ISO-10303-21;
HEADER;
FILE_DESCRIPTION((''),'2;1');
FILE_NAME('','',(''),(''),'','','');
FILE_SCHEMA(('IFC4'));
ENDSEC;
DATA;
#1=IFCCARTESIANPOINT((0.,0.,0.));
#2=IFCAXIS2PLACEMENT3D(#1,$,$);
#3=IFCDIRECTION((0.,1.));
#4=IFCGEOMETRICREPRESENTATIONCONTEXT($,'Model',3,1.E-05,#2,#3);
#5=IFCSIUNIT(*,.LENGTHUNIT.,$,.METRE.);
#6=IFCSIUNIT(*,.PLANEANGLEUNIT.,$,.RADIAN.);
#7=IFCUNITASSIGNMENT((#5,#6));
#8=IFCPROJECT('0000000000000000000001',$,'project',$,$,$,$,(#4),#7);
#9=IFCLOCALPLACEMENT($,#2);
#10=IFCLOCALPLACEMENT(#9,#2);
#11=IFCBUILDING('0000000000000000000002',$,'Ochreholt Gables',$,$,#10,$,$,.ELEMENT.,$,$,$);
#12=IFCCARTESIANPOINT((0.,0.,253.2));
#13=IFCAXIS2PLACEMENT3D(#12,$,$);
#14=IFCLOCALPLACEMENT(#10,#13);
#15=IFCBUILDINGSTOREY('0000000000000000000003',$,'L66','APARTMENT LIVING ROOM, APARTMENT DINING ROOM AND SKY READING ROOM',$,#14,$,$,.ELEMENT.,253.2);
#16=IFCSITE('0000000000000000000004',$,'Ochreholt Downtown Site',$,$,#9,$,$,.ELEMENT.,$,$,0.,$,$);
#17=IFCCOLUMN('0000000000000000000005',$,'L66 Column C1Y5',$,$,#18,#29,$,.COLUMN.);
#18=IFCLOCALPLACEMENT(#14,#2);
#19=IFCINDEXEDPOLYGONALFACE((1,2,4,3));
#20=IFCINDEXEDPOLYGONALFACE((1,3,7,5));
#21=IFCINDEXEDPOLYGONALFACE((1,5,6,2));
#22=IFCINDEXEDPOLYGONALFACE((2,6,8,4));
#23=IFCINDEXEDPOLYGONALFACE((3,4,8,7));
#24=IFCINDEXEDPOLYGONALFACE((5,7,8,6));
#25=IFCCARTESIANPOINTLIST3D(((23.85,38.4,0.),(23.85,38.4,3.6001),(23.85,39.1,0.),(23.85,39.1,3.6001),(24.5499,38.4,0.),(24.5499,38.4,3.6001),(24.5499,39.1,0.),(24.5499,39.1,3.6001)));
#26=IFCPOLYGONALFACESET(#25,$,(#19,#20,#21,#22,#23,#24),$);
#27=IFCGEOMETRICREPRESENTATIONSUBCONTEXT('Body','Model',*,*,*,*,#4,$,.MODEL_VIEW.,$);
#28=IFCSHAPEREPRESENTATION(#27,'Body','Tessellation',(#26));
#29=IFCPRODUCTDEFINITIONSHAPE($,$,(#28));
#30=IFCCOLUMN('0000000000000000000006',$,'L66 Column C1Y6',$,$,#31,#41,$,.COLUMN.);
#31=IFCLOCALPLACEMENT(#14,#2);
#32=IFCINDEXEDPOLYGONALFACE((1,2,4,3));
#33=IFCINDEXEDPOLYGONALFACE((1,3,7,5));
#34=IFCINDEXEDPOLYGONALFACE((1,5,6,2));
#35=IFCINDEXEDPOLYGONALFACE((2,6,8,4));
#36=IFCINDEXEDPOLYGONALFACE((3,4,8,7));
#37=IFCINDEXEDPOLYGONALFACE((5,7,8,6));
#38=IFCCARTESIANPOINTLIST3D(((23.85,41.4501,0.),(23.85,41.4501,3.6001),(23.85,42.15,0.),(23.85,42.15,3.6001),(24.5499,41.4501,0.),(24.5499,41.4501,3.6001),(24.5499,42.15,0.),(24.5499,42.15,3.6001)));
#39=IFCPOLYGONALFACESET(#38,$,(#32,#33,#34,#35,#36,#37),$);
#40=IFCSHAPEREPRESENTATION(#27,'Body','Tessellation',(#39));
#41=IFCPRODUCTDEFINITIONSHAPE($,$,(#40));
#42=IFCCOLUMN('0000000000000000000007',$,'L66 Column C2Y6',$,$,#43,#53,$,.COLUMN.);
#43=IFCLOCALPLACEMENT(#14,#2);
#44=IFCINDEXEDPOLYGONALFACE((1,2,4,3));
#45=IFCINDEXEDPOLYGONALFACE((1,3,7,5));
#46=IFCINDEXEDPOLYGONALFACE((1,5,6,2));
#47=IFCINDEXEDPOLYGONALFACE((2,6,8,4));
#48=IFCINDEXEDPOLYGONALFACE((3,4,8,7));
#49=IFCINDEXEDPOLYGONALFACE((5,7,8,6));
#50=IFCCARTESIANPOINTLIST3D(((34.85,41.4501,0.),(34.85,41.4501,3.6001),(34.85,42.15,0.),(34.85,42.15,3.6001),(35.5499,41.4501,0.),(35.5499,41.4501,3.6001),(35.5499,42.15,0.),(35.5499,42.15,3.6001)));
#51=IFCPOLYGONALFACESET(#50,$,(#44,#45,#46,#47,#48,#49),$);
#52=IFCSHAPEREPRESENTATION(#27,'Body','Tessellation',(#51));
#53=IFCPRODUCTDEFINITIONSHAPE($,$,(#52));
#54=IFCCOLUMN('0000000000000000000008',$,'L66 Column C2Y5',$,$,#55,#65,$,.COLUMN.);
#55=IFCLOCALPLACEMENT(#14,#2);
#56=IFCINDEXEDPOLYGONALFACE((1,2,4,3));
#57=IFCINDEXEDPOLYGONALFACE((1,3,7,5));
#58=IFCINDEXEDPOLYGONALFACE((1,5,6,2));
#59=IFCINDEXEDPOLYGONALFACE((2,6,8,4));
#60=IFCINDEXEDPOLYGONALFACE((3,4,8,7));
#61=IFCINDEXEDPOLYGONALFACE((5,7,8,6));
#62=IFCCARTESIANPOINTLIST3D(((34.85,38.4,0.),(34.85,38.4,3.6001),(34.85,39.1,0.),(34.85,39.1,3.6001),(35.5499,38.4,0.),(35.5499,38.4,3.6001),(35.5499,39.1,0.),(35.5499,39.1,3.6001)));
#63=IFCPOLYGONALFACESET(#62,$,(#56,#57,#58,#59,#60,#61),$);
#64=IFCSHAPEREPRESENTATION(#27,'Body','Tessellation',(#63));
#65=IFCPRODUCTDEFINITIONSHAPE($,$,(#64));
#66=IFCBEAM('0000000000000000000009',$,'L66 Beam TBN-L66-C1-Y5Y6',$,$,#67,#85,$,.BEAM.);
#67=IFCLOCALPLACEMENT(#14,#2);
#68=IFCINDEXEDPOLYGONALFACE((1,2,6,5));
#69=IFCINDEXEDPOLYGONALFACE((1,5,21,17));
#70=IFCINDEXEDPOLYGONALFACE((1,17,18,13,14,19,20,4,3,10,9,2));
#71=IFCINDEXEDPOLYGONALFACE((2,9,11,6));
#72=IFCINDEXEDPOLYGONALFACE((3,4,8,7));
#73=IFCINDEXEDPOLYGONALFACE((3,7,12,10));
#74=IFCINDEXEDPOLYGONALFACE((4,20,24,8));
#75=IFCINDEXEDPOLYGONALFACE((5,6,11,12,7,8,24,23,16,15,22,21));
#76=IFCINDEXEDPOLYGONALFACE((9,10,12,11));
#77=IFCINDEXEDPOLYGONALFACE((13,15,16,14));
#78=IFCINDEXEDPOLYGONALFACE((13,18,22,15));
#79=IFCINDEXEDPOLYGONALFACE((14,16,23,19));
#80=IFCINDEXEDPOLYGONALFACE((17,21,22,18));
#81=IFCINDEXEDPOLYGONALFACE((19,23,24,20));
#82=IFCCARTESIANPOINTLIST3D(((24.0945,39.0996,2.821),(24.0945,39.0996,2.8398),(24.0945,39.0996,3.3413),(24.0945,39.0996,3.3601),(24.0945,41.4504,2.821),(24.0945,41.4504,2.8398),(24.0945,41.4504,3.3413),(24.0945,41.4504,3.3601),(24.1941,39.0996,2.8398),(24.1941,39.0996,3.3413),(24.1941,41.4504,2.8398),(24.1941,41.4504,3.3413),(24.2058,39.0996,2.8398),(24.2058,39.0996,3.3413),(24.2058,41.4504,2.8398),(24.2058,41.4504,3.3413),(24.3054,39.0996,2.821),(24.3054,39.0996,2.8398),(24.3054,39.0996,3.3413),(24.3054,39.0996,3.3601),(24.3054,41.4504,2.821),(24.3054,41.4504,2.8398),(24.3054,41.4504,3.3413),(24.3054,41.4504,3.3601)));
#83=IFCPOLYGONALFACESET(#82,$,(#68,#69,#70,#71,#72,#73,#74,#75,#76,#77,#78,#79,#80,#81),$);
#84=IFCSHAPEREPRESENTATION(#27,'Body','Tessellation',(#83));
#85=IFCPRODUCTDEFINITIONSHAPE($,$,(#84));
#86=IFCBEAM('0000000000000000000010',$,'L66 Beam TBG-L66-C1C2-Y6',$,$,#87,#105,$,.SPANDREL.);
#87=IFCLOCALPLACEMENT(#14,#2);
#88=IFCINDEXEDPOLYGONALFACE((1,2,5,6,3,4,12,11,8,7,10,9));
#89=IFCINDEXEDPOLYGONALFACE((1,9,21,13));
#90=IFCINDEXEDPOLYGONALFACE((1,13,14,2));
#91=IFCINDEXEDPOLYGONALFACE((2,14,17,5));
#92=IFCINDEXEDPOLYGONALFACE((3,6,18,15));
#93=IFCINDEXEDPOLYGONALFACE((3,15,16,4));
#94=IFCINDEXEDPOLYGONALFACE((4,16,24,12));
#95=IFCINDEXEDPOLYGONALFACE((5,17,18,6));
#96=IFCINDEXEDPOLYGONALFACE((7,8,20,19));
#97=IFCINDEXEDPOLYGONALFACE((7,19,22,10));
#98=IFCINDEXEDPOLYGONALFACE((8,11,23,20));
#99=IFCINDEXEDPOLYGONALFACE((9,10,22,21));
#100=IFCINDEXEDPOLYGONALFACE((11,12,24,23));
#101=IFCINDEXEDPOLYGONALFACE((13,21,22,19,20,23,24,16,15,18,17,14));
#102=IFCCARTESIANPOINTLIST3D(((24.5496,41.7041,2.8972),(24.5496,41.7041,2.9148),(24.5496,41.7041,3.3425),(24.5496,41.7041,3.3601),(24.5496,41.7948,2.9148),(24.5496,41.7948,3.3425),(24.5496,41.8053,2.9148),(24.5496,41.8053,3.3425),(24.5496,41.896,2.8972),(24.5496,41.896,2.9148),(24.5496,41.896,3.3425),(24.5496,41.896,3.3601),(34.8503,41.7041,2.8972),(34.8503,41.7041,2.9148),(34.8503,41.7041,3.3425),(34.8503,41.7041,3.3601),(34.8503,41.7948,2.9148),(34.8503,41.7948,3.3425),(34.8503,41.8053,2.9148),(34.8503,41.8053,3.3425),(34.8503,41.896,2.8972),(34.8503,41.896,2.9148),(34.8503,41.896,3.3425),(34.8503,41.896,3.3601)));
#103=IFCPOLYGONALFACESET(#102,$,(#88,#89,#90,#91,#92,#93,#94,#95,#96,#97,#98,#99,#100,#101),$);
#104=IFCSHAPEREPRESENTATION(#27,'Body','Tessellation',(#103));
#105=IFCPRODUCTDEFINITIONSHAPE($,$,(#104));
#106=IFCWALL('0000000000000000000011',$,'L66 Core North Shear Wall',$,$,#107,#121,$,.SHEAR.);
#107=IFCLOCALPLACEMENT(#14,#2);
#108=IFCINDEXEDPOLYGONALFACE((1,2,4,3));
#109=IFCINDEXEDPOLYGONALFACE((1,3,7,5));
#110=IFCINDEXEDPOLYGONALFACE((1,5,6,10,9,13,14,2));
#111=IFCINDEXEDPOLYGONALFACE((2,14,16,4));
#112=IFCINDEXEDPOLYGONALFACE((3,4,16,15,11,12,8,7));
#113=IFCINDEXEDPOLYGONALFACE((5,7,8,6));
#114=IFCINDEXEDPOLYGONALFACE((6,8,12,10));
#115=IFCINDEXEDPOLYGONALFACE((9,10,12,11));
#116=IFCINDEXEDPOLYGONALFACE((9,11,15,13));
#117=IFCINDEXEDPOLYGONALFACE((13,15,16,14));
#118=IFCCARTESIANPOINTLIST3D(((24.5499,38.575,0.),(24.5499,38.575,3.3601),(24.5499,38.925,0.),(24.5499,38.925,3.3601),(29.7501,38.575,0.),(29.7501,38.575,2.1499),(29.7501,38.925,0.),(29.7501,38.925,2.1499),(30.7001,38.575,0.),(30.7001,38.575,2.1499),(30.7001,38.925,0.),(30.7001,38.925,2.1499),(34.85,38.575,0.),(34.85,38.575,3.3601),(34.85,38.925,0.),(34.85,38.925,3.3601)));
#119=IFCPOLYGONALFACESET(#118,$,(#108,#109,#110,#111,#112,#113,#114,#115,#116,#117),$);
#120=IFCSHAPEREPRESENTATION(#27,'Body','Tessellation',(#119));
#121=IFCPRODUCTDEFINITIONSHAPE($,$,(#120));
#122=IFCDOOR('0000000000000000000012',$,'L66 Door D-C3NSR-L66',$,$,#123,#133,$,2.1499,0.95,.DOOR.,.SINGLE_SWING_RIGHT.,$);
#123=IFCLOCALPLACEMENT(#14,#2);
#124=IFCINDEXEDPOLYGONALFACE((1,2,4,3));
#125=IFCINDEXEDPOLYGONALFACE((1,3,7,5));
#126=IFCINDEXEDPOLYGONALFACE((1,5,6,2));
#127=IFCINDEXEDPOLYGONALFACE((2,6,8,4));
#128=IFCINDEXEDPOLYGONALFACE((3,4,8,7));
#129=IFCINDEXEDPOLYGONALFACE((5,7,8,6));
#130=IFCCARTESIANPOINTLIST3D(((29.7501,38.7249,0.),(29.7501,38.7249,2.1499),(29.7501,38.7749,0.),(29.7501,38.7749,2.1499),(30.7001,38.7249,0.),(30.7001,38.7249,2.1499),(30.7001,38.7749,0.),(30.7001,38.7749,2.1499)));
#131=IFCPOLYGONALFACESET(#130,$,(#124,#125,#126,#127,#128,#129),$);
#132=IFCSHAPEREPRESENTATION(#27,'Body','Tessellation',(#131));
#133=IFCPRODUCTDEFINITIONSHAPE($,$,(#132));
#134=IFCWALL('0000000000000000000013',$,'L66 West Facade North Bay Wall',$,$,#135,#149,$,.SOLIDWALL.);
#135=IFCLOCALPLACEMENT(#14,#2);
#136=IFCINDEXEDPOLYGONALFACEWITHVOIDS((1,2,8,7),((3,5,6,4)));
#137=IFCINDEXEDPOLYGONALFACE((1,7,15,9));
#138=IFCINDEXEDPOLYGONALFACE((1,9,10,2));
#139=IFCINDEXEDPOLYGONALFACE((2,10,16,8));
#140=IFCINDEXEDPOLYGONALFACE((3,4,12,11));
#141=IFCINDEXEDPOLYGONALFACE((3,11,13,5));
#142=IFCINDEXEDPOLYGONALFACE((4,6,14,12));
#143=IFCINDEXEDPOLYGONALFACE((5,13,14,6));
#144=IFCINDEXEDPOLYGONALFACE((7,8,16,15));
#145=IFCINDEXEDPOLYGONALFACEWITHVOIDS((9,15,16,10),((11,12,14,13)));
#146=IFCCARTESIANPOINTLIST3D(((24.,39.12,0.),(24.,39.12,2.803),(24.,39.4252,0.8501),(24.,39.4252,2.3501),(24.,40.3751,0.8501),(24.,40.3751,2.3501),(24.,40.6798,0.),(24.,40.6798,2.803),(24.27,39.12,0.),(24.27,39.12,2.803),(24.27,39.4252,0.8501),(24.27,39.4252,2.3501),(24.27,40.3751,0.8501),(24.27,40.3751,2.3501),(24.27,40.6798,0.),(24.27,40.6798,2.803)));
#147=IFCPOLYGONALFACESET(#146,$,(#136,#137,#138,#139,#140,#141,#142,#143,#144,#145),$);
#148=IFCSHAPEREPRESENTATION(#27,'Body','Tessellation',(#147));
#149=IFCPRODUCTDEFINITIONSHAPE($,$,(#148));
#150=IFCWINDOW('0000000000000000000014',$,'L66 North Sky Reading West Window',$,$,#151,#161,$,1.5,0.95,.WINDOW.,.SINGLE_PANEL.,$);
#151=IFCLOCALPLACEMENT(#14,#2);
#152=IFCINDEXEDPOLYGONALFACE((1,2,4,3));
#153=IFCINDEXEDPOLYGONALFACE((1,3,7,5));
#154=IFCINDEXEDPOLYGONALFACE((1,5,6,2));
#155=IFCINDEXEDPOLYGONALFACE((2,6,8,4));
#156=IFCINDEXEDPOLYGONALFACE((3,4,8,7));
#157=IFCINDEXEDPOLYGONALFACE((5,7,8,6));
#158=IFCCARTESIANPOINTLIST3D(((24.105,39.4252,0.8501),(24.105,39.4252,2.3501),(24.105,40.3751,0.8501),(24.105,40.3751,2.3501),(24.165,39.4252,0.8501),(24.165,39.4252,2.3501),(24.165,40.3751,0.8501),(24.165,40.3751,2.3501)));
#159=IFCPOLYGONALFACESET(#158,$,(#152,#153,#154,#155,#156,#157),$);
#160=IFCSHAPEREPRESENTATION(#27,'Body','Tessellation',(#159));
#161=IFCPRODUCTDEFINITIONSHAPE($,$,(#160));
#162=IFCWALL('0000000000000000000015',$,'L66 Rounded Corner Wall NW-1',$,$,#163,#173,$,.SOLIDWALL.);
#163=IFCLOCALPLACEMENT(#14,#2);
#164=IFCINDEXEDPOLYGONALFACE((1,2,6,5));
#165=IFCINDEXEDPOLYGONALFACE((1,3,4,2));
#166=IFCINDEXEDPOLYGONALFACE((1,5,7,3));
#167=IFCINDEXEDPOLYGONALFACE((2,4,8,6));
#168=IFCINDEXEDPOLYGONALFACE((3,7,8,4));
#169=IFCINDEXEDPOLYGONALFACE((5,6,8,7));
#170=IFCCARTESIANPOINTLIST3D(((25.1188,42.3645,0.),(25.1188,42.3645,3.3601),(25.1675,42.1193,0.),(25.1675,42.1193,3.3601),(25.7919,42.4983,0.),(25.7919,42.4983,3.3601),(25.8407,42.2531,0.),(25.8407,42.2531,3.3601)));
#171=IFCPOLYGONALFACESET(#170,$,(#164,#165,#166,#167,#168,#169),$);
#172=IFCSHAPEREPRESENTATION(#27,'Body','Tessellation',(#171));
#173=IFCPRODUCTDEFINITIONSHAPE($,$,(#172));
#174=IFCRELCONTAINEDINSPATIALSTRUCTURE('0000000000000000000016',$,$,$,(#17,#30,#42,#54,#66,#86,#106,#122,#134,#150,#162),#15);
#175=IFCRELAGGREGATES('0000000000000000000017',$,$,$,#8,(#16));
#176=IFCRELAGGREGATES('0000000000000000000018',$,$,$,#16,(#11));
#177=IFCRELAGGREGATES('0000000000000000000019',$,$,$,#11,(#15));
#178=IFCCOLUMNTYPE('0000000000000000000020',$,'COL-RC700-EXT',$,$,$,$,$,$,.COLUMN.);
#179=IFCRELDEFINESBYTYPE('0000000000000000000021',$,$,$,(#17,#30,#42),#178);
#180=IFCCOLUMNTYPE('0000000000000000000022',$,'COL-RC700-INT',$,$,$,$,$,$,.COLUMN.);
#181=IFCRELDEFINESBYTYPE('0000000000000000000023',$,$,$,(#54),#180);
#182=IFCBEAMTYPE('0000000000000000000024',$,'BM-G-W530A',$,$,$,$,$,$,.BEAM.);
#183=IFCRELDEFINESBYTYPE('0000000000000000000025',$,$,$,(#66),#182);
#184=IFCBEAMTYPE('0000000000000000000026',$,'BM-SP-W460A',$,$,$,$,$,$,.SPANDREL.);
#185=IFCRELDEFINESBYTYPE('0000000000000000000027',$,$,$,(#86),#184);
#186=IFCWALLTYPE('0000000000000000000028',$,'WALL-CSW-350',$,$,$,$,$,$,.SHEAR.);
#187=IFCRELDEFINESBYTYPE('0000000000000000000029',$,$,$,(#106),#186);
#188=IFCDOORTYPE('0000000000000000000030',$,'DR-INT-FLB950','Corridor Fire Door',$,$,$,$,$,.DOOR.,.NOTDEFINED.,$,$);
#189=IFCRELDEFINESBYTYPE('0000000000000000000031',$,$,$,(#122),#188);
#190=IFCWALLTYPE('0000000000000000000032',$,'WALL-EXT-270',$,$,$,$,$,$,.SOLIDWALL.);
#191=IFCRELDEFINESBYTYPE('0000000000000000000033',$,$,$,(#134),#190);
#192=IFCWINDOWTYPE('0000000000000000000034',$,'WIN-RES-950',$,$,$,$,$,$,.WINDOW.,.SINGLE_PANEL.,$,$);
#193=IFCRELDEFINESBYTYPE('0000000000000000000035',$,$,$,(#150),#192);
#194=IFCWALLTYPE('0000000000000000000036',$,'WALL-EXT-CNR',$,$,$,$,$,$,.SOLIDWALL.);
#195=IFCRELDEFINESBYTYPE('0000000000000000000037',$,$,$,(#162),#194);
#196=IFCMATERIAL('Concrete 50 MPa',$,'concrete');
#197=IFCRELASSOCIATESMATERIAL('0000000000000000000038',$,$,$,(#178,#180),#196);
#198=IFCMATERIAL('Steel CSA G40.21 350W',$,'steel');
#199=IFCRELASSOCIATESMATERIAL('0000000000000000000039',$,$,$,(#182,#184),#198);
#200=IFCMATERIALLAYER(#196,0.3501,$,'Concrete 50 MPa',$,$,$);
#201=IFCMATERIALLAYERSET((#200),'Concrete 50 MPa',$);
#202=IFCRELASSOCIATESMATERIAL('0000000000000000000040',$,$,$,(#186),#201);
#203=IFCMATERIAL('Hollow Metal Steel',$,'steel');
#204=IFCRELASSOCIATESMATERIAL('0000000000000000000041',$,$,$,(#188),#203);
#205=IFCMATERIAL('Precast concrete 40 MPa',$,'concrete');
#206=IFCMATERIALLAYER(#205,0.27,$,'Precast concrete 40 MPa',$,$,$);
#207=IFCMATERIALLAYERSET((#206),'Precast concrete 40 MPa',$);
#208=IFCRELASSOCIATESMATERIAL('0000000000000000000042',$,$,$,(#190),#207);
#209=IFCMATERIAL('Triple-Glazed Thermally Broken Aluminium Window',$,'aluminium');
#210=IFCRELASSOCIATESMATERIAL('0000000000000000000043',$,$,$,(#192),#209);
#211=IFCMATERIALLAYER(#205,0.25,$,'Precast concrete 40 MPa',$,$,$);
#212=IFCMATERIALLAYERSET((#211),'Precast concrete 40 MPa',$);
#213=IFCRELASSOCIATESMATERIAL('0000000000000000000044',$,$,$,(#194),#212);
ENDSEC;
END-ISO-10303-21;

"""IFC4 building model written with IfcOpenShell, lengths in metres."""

from ifc_helpers import new_model, si_unit, direction, frame, frame_2d, origin, origin_2d, place, context, subcontext, project, spatial, rectangle, i_section, extrude, material, layer, layer_set, material_profile, profile_set, type_object, element, fill, save


model = new_model("IFC4")

# Units and contexts
model_context = context("Model", 3, precision=1e-05, world=origin(), true_north=direction((0.0, 1.0)))
body_context = subcontext(model_context, "Body", "Model", "MODEL_VIEW")
ifc_project = project(units=[si_unit("LENGTHUNIT", "METRE"), si_unit("PLANEANGLEUNIT", "RADIAN")], contexts=[model_context])

# Site, building, storey
site_placement = place(None, origin())
site = spatial("IfcSite", under=ifc_project, at=site_placement, Name="Ochreholt Downtown Site", CompositionType="ELEMENT", RefElevation=0.0)
building_placement = place(site_placement, origin())
building = spatial("IfcBuilding", under=site, at=building_placement, Name="Ochreholt Gables", CompositionType="ELEMENT")
storey_placement = place(building_placement, frame((0.0, 0.0, 253.2)))
storey = spatial("IfcBuildingStorey", under=building, at=storey_placement, Name="L66", Description="APARTMENT LIVING ROOM, APARTMENT DINING ROOM AND SKY READING ROOM", CompositionType="ELEMENT", Elevation=253.2)

# Columns
ifc_material_1 = material(Name="Concrete 50 MPa", Category="concrete")
ifc_material_profile_1 = material_profile(ifc_material_1, rectangle(XDim=0.7, YDim=0.7, at=origin_2d()), Name="RC700X700")
ifc_profile_set_1 = profile_set([ifc_material_profile_1], Name="Concrete 50 MPa")
column_type_1 = type_object("IfcColumnType", Name="COL-RC700-EXT", PredefinedType="COLUMN", material=ifc_profile_set_1)
for number, where, z_axis, x_axis, name in (
    (1, (24.2, 38.75, 0.0), (0.0, 0.0, 1.0), (1.0, 0.0, 0.0), "L66 Column C1Y5"),
    (2, (24.2, 41.8, 0.0), (0.0, 0.0, 1.0), (1.0, 0.0, 0.0), "L66 Column C1Y6"),
    (3, (35.2, 41.8, 0.0), (0.0, 0.0, 1.0), (1.0, 0.0, 0.0), "L66 Column C2Y6"),
):
    element("IfcColumn", number, at=place(storey_placement, frame(where, z_axis=z_axis, x_axis=x_axis)), inside=storey, type_object=column_type_1, Name=name, PredefinedType="COLUMN", context=body_context, shape_type="SweptSolid", body=[
        extrude(rectangle(XDim=0.7, YDim=0.7, at=origin_2d()), origin(), (0.0, 0.0, 1.0), 3.6001),
    ])
ifc_material_profile_2 = material_profile(ifc_material_1, rectangle(XDim=0.7, YDim=0.7, at=origin_2d()), Name="RC700X700")
ifc_profile_set_2 = profile_set([ifc_material_profile_2], Name="Concrete 50 MPa")
column_type_2 = type_object("IfcColumnType", Name="COL-RC700-INT", PredefinedType="COLUMN", material=ifc_profile_set_2)
column_placement = place(storey_placement, frame((35.2, 38.75, 0.0), z_axis=(0.0, 0.0, 1.0), x_axis=(1.0, 0.0, 0.0)))
element("IfcColumn", 4, at=column_placement, inside=storey, type_object=column_type_2, Name="L66 Column C2Y5", PredefinedType="COLUMN", context=body_context, shape_type="SweptSolid", body=[
    extrude(rectangle(XDim=0.7, YDim=0.7, at=origin_2d()), origin(), (0.0, 0.0, 1.0), 3.6001),
])

# Beams
ifc_material_2 = material(Name="Steel CSA G40.21 350W", Category="steel")
ifc_material_profile_3 = material_profile(ifc_material_2, i_section(OverallWidth=0.2109, OverallDepth=0.5391, WebThickness=0.0117, FlangeThickness=0.0188, at=origin_2d()), Name="W530X109")
ifc_profile_set_3 = profile_set([ifc_material_profile_3], Name="Steel CSA G40.21 350W")
beam_type_1 = type_object("IfcBeamType", Name="BM-G-W530A", PredefinedType="BEAM", material=ifc_profile_set_3)
beam_1_placement = place(storey_placement, frame((24.2, 39.0996, 3.0906), z_axis=(0.0, 1.0, 0.0), x_axis=(-1.0, 0.0, 0.0)))
element("IfcBeam", 5, at=beam_1_placement, inside=storey, type_object=beam_type_1, Name="L66 Beam TBN-L66-C1-Y5Y6", PredefinedType="BEAM", context=body_context, shape_type="SweptSolid", body=[
    extrude(i_section(OverallWidth=0.2109, OverallDepth=0.5391, WebThickness=0.0117, FlangeThickness=0.0188, at=origin_2d()), origin(), (0.0, 0.0, 1.0), 2.3508),
])
ifc_material_profile_4 = material_profile(ifc_material_2, i_section(OverallWidth=0.1919, OverallDepth=0.4629, WebThickness=0.0105, FlangeThickness=0.0176, at=origin_2d()), Name="W460X89")
ifc_profile_set_4 = profile_set([ifc_material_profile_4], Name="Steel CSA G40.21 350W")
beam_type_2 = type_object("IfcBeamType", Name="BM-SP-W460A", PredefinedType="SPANDREL", material=ifc_profile_set_4)
beam_2_placement = place(storey_placement, frame((24.5496, 41.8, 3.1287), z_axis=(1.0, 0.0, 0.0), x_axis=(0.0, 1.0, 0.0)))
element("IfcBeam", 6, at=beam_2_placement, inside=storey, type_object=beam_type_2, Name="L66 Beam TBG-L66-C1C2-Y6", PredefinedType="SPANDREL", context=body_context, shape_type="SweptSolid", body=[
    extrude(i_section(OverallWidth=0.1919, OverallDepth=0.4629, WebThickness=0.0105, FlangeThickness=0.0176, at=origin_2d()), origin(), (0.0, 0.0, 1.0), 10.3008),
])

# Wall, opening, door
ifc_layer_1 = layer(ifc_material_1, 0.3501, Name="Concrete 50 MPa")
ifc_layer_set_1 = layer_set([ifc_layer_1], Name="Concrete 50 MPa")
wall_type_1 = type_object("IfcWallType", Name="WALL-CSW-350", PredefinedType="SHEAR", material=ifc_layer_set_1)
wall_1_placement = place(storey_placement, frame((24.55, 38.75, 0.0), z_axis=(0.0, 0.0, 1.0), x_axis=(1.0, 0.0, 0.0)))
wall_1 = element("IfcWall", 7, at=wall_1_placement, inside=storey, type_object=wall_type_1, Name="L66 Core North Shear Wall", PredefinedType="SHEAR", context=body_context, shape_type="SweptSolid", body=[
    extrude(rectangle(XDim=10.3, YDim=0.3501, at=frame_2d((5.1499, 0.0))), origin(), (0.0, 0.0, 1.0), 3.3601),
])
opening_1_placement = place(wall_1_placement, frame((5.2, 0.0, 0.0)))
opening_1 = element("IfcOpeningElement", 8, at=opening_1_placement, cuts=wall_1, PredefinedType="OPENING", context=body_context, shape_type="SweptSolid", body=[
    extrude(rectangle(XDim=0.95, YDim=2.1499, at=frame_2d((0.4751, 1.075))), frame((0.0, 0.1851, 0.0), z_axis=(0.0, -1.0, 0.0), x_axis=(1.0, 0.0, 0.0)), (0.0, 0.0, 1.0), 0.3701),
])
ifc_material_3 = material(Name="Hollow Metal Steel", Category="steel")
door_type_1 = type_object("IfcDoorType", Name="DR-INT-FLB950", Description="Corridor Fire Door", OperationType="NOTDEFINED", PredefinedType="DOOR", material=ifc_material_3)
door_1_placement = place(opening_1_placement, origin())
door_1 = element("IfcDoor", 9, at=door_1_placement, inside=storey, type_object=door_type_1, Name="L66 Door D-C3NSR-L66", OperationType="SINGLE_SWING_RIGHT", OverallHeight=2.1499, OverallWidth=0.95, PredefinedType="DOOR", context=body_context, shape_type="SweptSolid", body=[
    extrude(rectangle(XDim=0.95, YDim=2.1499, at=frame_2d((0.4751, 1.075))), frame((0.0, 0.0249, 0.0), z_axis=(0.0, -1.0, 0.0), x_axis=(1.0, 0.0, 0.0)), (0.0, 0.0, 1.0), 0.05),
])
fill(opening_1, door_1)

# Wall, opening, window
ifc_material_4 = material(Name="Precast concrete 40 MPa", Category="concrete")
ifc_layer_2 = layer(ifc_material_4, 0.27, Name="Precast concrete 40 MPa")
ifc_layer_set_2 = layer_set([ifc_layer_2], Name="Precast concrete 40 MPa")
wall_type_2 = type_object("IfcWallType", Name="WALL-EXT-270", PredefinedType="SOLIDWALL", material=ifc_layer_set_2)
wall_2_placement = place(storey_placement, frame((24.135, 39.1201, 0.0), z_axis=(0.0, 0.0, 1.0), x_axis=(0.0, 1.0, 0.0)))
wall_2 = element("IfcWall", 10, at=wall_2_placement, inside=storey, type_object=wall_type_2, Name="L66 West Facade North Bay Wall", PredefinedType="SOLIDWALL", context=body_context, shape_type="SweptSolid", body=[
    extrude(rectangle(XDim=1.5598, YDim=0.27, at=frame_2d((0.7798, 0.0))), origin(), (0.0, 0.0, 1.0), 2.803),
])
opening_2_placement = place(wall_2_placement, frame((0.3049, 0.0, 0.8501)))
opening_2 = element("IfcOpeningElement", 11, at=opening_2_placement, cuts=wall_2, PredefinedType="OPENING", context=body_context, shape_type="SweptSolid", body=[
    extrude(rectangle(XDim=0.95, YDim=1.5, at=frame_2d((0.4751, 0.75))), frame((0.0, 0.145, 0.0), z_axis=(0.0, -1.0, 0.0), x_axis=(1.0, 0.0, 0.0)), (0.0, 0.0, 1.0), 0.29),
])
ifc_material_5 = material(Name="Triple-Glazed Thermally Broken Aluminium Window", Category="aluminium")
window_type = type_object("IfcWindowType", Name="WIN-RES-950", PartitioningType="SINGLE_PANEL", PredefinedType="WINDOW", material=ifc_material_5)
window_placement = place(opening_2_placement, origin())
window = element("IfcWindow", 12, at=window_placement, inside=storey, type_object=window_type, Name="L66 North Sky Reading West Window", OverallHeight=1.5, OverallWidth=0.95, PartitioningType="SINGLE_PANEL", PredefinedType="WINDOW", context=body_context, shape_type="SweptSolid", body=[
    extrude(rectangle(XDim=0.95, YDim=1.5, at=frame_2d((0.4751, 0.75))), frame((0.0, 0.03, 0.0), z_axis=(0.0, -1.0, 0.0), x_axis=(1.0, 0.0, 0.0)), (0.0, 0.0, 1.0), 0.0601),
])
fill(opening_2, window)

# Wall
ifc_layer_3 = layer(ifc_material_4, 0.25, Name="Precast concrete 40 MPa")
ifc_layer_set_3 = layer_set([ifc_layer_3], Name="Precast concrete 40 MPa")
wall_type_3 = type_object("IfcWallType", Name="WALL-EXT-CNR", PredefinedType="SOLIDWALL", material=ifc_layer_set_3)
wall_3_placement = place(storey_placement, frame((25.8164, 42.3757, 0.0), z_axis=(0.0, 0.0, 1.0), x_axis=(-0.980813, -0.194953, 0.0)))
element("IfcWall", 13, at=wall_3_placement, inside=storey, type_object=wall_type_3, Name="L66 Rounded Corner Wall NW-1", PredefinedType="SOLIDWALL", context=body_context, shape_type="SweptSolid", body=[
    extrude(rectangle(XDim=0.6863, YDim=0.25, at=frame_2d((0.3433, 0.0))), origin(), (0.0, 0.0, 1.0), 3.3601),
])

save(model, "model.ifc")
